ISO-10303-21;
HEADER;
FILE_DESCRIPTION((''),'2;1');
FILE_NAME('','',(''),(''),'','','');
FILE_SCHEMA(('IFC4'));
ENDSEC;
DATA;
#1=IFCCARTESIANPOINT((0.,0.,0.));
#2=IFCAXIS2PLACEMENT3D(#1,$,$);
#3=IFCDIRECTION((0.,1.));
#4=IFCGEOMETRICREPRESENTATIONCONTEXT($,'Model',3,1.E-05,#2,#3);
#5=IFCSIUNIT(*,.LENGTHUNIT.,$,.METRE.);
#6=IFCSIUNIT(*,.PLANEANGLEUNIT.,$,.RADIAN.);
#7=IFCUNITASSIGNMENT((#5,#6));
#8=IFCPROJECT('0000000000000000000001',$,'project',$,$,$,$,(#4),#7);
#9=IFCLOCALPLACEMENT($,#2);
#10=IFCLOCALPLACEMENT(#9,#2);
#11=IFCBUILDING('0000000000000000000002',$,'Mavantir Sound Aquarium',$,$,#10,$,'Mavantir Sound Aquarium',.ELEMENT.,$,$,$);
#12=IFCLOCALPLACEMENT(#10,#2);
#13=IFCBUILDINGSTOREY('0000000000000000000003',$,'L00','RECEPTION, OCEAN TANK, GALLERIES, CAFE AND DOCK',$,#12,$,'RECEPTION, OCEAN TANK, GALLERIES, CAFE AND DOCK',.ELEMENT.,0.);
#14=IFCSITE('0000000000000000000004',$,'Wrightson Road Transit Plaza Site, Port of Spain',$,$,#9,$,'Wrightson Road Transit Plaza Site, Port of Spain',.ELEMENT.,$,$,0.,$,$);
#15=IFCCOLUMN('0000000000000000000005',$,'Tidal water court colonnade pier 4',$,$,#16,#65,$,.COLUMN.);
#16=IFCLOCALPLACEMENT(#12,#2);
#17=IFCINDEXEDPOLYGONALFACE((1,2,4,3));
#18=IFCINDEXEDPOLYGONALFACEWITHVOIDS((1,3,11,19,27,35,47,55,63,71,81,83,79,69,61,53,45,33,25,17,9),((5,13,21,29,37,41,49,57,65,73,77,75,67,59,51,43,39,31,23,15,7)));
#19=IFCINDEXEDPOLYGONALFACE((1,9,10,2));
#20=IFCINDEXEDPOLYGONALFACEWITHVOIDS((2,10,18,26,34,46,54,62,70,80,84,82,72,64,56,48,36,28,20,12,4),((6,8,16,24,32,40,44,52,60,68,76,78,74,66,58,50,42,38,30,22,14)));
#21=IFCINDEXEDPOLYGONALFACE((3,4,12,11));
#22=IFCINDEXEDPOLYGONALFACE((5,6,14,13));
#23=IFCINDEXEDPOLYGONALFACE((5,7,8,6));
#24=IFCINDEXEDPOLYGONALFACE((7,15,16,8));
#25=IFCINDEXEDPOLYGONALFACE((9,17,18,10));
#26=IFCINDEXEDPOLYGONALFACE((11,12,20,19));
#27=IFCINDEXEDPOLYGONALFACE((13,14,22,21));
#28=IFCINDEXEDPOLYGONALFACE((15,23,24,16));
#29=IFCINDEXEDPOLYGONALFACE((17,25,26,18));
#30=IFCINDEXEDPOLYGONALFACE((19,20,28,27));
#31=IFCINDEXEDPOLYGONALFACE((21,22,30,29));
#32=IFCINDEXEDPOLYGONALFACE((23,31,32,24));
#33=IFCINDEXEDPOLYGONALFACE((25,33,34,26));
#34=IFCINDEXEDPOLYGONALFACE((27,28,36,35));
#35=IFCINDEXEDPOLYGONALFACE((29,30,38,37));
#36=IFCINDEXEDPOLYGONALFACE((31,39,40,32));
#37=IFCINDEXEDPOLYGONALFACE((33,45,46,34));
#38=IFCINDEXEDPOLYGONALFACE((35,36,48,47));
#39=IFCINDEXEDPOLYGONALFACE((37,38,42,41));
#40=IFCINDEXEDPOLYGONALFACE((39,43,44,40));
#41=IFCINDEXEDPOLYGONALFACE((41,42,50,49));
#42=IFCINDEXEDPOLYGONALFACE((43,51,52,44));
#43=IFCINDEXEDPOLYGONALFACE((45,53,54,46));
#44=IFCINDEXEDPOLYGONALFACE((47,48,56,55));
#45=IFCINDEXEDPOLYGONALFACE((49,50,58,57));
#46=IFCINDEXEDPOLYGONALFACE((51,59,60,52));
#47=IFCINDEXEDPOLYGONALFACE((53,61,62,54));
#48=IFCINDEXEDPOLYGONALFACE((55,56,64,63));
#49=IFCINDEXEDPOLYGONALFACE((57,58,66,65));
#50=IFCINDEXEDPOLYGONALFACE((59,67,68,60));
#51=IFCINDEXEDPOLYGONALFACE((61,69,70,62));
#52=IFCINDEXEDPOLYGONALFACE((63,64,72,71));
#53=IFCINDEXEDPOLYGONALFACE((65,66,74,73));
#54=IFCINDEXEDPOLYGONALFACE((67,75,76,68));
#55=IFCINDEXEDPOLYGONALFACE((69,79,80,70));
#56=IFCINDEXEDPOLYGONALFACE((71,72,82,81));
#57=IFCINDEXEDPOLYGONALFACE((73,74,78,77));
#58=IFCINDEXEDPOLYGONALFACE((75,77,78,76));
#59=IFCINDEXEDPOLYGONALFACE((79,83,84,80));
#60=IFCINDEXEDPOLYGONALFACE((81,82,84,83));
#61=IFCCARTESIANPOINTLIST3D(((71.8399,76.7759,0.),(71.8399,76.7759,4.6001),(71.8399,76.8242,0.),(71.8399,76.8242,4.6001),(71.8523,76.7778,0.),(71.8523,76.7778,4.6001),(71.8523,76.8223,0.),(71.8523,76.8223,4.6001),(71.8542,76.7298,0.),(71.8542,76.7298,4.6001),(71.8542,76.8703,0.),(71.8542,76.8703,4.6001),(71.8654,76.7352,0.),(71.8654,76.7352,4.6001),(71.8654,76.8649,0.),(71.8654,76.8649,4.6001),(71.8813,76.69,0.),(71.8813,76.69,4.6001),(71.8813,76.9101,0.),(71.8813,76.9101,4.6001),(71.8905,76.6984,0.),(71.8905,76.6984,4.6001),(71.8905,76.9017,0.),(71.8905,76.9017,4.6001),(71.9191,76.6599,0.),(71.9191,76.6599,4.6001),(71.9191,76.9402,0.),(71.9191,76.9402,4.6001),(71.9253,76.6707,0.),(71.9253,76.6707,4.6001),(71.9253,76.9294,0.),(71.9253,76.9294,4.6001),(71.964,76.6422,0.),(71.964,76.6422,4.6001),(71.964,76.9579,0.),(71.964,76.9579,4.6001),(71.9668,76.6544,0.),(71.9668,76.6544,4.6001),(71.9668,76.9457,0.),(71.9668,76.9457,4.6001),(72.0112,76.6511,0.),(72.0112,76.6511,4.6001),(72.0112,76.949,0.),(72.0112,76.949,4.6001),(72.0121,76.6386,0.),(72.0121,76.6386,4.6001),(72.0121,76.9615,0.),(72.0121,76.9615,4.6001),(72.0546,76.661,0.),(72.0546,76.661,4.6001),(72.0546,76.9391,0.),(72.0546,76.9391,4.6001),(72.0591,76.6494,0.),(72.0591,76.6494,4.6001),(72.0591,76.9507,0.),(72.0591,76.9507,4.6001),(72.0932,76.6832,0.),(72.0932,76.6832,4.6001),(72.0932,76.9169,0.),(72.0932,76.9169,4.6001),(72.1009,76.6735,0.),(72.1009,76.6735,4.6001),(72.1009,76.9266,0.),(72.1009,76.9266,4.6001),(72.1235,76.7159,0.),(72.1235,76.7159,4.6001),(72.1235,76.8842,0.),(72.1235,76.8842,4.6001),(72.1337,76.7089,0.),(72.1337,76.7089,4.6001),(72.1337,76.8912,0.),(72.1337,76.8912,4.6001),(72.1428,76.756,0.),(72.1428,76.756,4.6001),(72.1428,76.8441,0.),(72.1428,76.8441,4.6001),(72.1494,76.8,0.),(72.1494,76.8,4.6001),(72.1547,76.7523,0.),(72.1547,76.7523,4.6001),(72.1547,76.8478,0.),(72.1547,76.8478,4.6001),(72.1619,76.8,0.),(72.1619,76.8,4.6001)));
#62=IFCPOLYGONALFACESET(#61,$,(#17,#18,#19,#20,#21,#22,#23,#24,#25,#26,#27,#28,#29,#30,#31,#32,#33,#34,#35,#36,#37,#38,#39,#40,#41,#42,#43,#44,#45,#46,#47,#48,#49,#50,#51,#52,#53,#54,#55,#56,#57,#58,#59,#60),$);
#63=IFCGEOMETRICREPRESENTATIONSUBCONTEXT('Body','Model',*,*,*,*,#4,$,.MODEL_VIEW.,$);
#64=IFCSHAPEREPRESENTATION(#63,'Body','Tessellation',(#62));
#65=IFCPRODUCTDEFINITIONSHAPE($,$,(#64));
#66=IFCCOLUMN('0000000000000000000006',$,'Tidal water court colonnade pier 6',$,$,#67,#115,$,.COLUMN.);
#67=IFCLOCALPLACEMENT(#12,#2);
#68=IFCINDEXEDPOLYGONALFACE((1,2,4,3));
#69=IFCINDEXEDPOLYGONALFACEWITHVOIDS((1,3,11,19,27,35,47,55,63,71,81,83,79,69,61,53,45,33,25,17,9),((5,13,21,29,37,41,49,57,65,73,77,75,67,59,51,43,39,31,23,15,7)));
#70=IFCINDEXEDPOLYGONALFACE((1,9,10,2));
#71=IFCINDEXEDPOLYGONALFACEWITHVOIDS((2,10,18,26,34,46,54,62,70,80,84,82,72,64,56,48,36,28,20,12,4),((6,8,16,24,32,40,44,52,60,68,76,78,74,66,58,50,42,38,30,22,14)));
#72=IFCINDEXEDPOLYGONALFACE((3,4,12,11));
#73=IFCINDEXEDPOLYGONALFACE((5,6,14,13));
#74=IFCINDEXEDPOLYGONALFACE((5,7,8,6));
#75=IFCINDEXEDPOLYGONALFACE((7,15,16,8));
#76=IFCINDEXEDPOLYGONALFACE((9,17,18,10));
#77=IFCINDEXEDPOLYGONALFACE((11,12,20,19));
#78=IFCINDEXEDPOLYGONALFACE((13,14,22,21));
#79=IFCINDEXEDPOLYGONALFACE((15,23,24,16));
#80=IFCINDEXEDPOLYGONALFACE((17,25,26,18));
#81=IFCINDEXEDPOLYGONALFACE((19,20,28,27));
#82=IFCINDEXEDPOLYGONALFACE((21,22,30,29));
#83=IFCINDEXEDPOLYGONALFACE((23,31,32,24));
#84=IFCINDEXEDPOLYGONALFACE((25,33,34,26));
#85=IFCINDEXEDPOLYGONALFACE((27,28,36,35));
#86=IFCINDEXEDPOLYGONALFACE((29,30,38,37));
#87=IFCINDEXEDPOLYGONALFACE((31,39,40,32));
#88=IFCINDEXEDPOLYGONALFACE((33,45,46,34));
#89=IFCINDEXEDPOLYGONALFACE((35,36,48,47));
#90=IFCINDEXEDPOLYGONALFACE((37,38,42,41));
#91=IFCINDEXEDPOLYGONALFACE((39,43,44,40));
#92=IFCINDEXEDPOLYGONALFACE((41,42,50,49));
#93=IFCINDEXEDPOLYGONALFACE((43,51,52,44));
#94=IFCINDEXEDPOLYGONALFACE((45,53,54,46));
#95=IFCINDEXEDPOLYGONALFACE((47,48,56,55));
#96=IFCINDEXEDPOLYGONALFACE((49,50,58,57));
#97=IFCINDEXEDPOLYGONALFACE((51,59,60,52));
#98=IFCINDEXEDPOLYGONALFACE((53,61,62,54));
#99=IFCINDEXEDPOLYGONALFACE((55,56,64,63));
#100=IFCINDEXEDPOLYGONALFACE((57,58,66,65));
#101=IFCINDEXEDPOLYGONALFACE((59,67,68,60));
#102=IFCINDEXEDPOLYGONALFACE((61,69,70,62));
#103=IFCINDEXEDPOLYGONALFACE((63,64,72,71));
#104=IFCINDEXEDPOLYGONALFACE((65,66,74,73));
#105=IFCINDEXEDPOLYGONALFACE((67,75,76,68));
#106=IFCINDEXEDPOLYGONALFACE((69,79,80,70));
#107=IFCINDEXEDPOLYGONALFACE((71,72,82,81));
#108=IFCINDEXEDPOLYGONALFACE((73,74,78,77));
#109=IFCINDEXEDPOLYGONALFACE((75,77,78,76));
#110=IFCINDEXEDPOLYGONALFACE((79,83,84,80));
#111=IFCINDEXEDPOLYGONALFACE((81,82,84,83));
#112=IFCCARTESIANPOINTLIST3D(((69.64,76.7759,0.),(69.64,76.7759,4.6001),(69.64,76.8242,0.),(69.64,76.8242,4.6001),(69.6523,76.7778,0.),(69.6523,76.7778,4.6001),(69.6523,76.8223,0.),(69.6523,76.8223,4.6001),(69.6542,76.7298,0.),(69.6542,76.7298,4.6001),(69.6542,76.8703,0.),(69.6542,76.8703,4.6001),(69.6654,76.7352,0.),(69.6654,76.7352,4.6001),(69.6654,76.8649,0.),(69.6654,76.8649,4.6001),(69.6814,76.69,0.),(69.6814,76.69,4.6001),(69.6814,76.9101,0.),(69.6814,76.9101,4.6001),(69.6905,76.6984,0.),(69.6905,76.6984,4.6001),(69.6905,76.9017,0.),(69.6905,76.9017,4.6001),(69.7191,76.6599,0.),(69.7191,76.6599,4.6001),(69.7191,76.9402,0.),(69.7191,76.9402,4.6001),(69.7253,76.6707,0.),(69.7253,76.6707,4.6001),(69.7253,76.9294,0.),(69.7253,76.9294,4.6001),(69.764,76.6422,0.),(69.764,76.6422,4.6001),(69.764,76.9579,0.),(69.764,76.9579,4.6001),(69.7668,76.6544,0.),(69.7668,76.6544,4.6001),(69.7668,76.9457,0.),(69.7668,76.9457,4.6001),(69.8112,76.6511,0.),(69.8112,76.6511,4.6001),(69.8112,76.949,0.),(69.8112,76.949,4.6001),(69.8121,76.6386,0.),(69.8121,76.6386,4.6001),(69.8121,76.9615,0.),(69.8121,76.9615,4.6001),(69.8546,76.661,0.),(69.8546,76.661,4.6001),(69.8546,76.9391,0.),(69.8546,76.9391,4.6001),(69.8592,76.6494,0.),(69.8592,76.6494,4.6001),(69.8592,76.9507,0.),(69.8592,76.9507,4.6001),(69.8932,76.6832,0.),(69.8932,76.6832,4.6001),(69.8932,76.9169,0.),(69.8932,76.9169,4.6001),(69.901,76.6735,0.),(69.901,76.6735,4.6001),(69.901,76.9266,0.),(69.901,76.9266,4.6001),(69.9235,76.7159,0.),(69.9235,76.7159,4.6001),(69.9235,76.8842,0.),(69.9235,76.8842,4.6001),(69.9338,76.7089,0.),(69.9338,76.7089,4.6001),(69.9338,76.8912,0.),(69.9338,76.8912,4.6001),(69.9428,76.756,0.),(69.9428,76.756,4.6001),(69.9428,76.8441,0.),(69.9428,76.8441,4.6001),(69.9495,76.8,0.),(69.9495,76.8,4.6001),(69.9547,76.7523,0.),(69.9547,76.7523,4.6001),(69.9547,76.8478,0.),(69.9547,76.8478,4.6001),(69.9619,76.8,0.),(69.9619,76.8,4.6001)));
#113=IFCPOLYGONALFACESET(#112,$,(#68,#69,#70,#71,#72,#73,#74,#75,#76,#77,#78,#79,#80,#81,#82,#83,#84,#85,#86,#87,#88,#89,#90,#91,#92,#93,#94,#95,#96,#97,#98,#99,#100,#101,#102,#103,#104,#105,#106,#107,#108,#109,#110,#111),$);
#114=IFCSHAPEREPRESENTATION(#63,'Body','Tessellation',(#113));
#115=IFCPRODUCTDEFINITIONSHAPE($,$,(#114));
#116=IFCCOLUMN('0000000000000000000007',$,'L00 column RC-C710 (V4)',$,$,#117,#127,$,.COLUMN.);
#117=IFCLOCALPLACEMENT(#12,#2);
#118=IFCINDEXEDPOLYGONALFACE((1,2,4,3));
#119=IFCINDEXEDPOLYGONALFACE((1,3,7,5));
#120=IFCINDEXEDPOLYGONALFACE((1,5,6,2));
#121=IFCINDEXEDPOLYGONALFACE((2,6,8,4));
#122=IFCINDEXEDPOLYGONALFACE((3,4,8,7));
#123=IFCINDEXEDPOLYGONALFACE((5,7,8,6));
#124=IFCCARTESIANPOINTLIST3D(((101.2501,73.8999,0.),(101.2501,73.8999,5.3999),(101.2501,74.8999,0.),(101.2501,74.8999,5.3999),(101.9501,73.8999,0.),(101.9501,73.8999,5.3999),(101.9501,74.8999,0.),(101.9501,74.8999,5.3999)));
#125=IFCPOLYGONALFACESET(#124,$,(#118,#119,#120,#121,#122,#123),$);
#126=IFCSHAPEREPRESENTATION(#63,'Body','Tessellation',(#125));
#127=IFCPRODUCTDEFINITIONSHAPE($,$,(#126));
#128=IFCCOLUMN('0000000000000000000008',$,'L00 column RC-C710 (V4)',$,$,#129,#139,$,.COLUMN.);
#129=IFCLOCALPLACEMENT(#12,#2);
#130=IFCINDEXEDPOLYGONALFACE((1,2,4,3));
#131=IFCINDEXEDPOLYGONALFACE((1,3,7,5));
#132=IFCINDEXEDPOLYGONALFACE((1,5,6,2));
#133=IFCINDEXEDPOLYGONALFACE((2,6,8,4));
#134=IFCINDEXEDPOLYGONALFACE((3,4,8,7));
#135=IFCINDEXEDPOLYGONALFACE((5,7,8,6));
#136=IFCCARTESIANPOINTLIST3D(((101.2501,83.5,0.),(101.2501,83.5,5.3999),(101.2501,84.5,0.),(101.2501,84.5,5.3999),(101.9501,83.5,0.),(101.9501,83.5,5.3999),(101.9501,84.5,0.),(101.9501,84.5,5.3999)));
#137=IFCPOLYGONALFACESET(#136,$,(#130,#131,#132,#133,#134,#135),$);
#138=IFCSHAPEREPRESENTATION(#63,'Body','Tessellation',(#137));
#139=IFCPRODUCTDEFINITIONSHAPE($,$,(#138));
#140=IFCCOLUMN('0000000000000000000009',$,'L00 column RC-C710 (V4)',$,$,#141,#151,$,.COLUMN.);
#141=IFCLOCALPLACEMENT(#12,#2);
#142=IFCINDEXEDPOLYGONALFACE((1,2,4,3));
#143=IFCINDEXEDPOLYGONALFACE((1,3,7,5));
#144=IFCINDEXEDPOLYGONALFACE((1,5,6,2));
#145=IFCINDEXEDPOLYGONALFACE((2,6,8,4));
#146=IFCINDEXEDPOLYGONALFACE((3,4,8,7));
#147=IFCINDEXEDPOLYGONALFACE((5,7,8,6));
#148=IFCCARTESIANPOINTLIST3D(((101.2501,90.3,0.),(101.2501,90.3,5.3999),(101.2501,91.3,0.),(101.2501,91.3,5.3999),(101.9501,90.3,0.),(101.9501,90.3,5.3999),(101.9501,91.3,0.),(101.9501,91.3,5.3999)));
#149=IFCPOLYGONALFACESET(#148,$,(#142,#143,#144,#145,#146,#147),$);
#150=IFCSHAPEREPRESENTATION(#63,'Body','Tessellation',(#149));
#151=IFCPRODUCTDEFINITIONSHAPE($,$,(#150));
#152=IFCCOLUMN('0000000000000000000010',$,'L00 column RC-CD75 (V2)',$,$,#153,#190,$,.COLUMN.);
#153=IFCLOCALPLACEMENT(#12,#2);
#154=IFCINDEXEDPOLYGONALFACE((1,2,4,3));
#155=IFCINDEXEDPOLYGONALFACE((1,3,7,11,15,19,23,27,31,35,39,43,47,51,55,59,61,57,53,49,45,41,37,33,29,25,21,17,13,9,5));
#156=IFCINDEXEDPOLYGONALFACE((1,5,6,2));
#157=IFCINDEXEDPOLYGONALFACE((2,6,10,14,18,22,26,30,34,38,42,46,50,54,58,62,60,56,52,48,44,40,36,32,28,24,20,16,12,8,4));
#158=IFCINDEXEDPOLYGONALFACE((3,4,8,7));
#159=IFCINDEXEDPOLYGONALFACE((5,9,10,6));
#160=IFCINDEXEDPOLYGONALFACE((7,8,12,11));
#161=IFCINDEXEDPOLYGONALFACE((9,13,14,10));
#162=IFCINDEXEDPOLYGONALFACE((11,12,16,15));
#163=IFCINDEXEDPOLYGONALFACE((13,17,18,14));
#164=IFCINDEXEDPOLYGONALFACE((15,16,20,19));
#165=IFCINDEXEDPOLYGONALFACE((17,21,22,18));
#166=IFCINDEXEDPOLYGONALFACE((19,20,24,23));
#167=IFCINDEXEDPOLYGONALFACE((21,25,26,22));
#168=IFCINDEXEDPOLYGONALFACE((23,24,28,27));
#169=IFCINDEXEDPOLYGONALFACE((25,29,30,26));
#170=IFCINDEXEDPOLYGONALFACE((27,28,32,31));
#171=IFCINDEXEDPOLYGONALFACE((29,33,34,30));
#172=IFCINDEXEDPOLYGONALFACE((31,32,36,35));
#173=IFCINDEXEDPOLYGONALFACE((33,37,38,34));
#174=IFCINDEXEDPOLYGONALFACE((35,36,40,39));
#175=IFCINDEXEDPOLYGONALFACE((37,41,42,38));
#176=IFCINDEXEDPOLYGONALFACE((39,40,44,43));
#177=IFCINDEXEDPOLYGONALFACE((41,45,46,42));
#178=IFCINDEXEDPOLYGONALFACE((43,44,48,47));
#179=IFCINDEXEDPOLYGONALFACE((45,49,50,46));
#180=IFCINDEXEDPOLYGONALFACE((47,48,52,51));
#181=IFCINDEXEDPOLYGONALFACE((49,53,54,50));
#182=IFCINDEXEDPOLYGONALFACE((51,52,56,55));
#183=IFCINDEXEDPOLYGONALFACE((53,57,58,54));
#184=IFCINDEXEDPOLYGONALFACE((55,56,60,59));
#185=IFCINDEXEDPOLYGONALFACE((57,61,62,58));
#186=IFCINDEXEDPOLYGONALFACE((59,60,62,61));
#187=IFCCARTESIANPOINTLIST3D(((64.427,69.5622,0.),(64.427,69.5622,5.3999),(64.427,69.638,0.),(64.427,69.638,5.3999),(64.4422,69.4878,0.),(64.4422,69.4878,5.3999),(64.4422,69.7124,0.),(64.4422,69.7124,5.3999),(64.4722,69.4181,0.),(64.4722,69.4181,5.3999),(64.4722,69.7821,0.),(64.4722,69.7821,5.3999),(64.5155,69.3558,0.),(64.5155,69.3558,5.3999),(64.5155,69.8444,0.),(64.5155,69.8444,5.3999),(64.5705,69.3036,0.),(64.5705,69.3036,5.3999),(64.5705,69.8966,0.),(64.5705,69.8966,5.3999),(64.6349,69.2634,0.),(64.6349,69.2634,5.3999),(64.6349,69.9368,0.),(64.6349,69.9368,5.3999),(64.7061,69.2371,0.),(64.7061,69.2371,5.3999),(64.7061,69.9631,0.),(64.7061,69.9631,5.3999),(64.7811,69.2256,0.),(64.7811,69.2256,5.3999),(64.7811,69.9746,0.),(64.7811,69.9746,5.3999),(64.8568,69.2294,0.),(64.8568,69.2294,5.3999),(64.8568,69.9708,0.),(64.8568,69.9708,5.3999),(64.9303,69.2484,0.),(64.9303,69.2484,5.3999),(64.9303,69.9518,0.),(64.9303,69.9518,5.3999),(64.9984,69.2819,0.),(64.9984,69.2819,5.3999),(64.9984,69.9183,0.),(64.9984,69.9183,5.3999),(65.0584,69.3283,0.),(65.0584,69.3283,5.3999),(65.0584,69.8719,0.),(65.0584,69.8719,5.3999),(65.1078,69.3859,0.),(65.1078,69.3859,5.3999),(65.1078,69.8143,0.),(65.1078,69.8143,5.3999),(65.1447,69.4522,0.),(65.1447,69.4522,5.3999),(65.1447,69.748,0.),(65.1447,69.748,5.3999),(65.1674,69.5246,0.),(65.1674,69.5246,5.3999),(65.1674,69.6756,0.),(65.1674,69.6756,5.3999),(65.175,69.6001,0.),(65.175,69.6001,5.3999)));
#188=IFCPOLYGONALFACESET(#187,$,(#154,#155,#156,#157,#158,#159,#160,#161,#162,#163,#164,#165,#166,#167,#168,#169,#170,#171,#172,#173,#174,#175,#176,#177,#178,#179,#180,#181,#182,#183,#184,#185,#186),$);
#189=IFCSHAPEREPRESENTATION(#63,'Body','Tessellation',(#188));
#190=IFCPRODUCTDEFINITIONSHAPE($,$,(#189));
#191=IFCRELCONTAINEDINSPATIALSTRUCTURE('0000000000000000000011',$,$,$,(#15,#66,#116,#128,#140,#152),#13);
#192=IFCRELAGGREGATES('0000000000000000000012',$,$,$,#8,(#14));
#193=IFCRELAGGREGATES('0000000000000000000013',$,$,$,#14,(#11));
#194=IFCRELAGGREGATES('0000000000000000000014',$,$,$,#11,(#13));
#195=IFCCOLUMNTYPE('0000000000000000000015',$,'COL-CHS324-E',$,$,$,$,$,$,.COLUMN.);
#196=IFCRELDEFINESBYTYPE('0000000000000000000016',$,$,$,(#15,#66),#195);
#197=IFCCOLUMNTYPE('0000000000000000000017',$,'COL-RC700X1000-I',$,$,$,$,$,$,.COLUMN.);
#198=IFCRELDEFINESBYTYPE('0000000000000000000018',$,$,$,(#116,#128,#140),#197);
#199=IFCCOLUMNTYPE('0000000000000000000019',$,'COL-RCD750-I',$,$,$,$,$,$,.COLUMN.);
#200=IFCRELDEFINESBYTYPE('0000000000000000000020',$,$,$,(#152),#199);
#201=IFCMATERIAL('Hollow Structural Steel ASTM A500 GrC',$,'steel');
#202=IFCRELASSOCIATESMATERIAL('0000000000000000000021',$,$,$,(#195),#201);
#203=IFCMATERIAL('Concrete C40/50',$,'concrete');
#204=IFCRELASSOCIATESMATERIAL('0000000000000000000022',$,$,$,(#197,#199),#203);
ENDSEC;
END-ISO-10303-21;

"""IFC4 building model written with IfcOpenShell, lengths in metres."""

from ifc_helpers import new_model, si_unit, direction, frame, origin, origin_2d, place, context, subcontext, project, spatial, rectangle, circle, hollow_circle, extrude, material, material_profile, profile_set, type_object, element, save


model = new_model("IFC4")

# Units and contexts
model_context = context("Model", 3, precision=1e-05, world=origin(), true_north=direction((0.0, 1.0)))
body_context = subcontext(model_context, "Body", "Model", "MODEL_VIEW")
ifc_project = project(units=[si_unit("LENGTHUNIT", "METRE"), si_unit("PLANEANGLEUNIT", "RADIAN")], contexts=[model_context])

# Site, building, storey
site_placement = place(None, origin())
site = spatial("IfcSite", under=ifc_project, at=site_placement, Name="Wrightson Road Transit Plaza Site, Port of Spain", LongName="Wrightson Road Transit Plaza Site, Port of Spain", CompositionType="ELEMENT", RefElevation=0.0)
building_placement = place(site_placement, origin())
building = spatial("IfcBuilding", under=site, at=building_placement, Name="Mavantir Sound Aquarium", LongName="Mavantir Sound Aquarium", CompositionType="ELEMENT")
storey_placement = place(building_placement, origin())
storey = spatial("IfcBuildingStorey", under=building, at=storey_placement, Name="L00", Description="RECEPTION, OCEAN TANK, GALLERIES, CAFE AND DOCK", LongName="RECEPTION, OCEAN TANK, GALLERIES, CAFE AND DOCK", CompositionType="ELEMENT", Elevation=0.0)

# Columns
ifc_material_1 = material(Name="Hollow Structural Steel ASTM A500 GrC", Category="steel")
ifc_material_profile_1 = material_profile(ifc_material_1, hollow_circle(Radius=0.1619, WallThickness=0.0125, at=origin_2d()), Name="CHS 323.9X12.5")
ifc_profile_set_1 = profile_set([ifc_material_profile_1], Name="Hollow Structural Steel ASTM A500 GrC")
column_type_1 = type_object("IfcColumnType", Name="COL-CHS324-E", PredefinedType="COLUMN", material=ifc_profile_set_1)
for number, where, z_axis, x_axis, name in (
    (1, (72.0, 76.8, 0.0), (0.0, 0.0, 1.0), (1.0, 0.0, 0.0), "Tidal water court colonnade pier 4"),
    (2, (69.8, 76.8, 0.0), (0.0, 0.0, 1.0), (1.0, 0.0, 0.0), "Tidal water court colonnade pier 6"),
):
    element("IfcColumn", number, at=place(storey_placement, frame(where, z_axis=z_axis, x_axis=x_axis)), inside=storey, type_object=column_type_1, Name=name, PredefinedType="COLUMN", context=body_context, shape_type="SweptSolid", body=[
        extrude(hollow_circle(Radius=0.1619, WallThickness=0.0125, at=origin_2d()), origin(), (0.0, 0.0, 1.0), 4.6001),
    ])
ifc_material_2 = material(Name="Concrete C40/50", Category="concrete")
ifc_material_profile_2 = material_profile(ifc_material_2, rectangle(XDim=0.7, YDim=1.0, at=origin_2d()), Name="RC 700X1000")
ifc_profile_set_2 = profile_set([ifc_material_profile_2], Name="Concrete C40/50")
column_type_2 = type_object("IfcColumnType", Name="COL-RC700X1000-I", PredefinedType="COLUMN", material=ifc_profile_set_2)
for number, where, z_axis, x_axis, name in (
    (3, (101.6001, 74.3999, 0.0), (0.0, 0.0, 1.0), (1.0, 0.0, 0.0), "L00 column RC-C710 (V4)"),
    (4, (101.6001, 84.0, 0.0), (0.0, 0.0, 1.0), (1.0, 0.0, 0.0), "L00 column RC-C710 (V4)"),
    (5, (101.6001, 90.8, 0.0), (0.0, 0.0, 1.0), (1.0, 0.0, 0.0), "L00 column RC-C710 (V4)"),
):
    element("IfcColumn", number, at=place(storey_placement, frame(where, z_axis=z_axis, x_axis=x_axis)), inside=storey, type_object=column_type_2, Name=name, PredefinedType="COLUMN", context=body_context, shape_type="SweptSolid", body=[
        extrude(rectangle(XDim=0.7, YDim=1.0, at=origin_2d()), origin(), (0.0, 0.0, 1.0), 5.3999),
    ])
ifc_material_profile_3 = material_profile(ifc_material_2, circle(Radius=0.375, at=origin_2d()), Name="RC D750")
ifc_profile_set_3 = profile_set([ifc_material_profile_3], Name="Concrete C40/50")
column_type_3 = type_object("IfcColumnType", Name="COL-RCD750-I", PredefinedType="COLUMN", material=ifc_profile_set_3)
column_placement = place(storey_placement, frame((64.8, 69.6001, 0.0), z_axis=(0.0, 0.0, 1.0), x_axis=(1.0, 0.0, 0.0)))
element("IfcColumn", 6, at=column_placement, inside=storey, type_object=column_type_3, Name="L00 column RC-CD75 (V2)", PredefinedType="COLUMN", context=body_context, shape_type="SweptSolid", body=[
    extrude(circle(Radius=0.375, at=origin_2d()), origin(), (0.0, 0.0, 1.0), 5.3999),
])

save(model, "model.ifc")
